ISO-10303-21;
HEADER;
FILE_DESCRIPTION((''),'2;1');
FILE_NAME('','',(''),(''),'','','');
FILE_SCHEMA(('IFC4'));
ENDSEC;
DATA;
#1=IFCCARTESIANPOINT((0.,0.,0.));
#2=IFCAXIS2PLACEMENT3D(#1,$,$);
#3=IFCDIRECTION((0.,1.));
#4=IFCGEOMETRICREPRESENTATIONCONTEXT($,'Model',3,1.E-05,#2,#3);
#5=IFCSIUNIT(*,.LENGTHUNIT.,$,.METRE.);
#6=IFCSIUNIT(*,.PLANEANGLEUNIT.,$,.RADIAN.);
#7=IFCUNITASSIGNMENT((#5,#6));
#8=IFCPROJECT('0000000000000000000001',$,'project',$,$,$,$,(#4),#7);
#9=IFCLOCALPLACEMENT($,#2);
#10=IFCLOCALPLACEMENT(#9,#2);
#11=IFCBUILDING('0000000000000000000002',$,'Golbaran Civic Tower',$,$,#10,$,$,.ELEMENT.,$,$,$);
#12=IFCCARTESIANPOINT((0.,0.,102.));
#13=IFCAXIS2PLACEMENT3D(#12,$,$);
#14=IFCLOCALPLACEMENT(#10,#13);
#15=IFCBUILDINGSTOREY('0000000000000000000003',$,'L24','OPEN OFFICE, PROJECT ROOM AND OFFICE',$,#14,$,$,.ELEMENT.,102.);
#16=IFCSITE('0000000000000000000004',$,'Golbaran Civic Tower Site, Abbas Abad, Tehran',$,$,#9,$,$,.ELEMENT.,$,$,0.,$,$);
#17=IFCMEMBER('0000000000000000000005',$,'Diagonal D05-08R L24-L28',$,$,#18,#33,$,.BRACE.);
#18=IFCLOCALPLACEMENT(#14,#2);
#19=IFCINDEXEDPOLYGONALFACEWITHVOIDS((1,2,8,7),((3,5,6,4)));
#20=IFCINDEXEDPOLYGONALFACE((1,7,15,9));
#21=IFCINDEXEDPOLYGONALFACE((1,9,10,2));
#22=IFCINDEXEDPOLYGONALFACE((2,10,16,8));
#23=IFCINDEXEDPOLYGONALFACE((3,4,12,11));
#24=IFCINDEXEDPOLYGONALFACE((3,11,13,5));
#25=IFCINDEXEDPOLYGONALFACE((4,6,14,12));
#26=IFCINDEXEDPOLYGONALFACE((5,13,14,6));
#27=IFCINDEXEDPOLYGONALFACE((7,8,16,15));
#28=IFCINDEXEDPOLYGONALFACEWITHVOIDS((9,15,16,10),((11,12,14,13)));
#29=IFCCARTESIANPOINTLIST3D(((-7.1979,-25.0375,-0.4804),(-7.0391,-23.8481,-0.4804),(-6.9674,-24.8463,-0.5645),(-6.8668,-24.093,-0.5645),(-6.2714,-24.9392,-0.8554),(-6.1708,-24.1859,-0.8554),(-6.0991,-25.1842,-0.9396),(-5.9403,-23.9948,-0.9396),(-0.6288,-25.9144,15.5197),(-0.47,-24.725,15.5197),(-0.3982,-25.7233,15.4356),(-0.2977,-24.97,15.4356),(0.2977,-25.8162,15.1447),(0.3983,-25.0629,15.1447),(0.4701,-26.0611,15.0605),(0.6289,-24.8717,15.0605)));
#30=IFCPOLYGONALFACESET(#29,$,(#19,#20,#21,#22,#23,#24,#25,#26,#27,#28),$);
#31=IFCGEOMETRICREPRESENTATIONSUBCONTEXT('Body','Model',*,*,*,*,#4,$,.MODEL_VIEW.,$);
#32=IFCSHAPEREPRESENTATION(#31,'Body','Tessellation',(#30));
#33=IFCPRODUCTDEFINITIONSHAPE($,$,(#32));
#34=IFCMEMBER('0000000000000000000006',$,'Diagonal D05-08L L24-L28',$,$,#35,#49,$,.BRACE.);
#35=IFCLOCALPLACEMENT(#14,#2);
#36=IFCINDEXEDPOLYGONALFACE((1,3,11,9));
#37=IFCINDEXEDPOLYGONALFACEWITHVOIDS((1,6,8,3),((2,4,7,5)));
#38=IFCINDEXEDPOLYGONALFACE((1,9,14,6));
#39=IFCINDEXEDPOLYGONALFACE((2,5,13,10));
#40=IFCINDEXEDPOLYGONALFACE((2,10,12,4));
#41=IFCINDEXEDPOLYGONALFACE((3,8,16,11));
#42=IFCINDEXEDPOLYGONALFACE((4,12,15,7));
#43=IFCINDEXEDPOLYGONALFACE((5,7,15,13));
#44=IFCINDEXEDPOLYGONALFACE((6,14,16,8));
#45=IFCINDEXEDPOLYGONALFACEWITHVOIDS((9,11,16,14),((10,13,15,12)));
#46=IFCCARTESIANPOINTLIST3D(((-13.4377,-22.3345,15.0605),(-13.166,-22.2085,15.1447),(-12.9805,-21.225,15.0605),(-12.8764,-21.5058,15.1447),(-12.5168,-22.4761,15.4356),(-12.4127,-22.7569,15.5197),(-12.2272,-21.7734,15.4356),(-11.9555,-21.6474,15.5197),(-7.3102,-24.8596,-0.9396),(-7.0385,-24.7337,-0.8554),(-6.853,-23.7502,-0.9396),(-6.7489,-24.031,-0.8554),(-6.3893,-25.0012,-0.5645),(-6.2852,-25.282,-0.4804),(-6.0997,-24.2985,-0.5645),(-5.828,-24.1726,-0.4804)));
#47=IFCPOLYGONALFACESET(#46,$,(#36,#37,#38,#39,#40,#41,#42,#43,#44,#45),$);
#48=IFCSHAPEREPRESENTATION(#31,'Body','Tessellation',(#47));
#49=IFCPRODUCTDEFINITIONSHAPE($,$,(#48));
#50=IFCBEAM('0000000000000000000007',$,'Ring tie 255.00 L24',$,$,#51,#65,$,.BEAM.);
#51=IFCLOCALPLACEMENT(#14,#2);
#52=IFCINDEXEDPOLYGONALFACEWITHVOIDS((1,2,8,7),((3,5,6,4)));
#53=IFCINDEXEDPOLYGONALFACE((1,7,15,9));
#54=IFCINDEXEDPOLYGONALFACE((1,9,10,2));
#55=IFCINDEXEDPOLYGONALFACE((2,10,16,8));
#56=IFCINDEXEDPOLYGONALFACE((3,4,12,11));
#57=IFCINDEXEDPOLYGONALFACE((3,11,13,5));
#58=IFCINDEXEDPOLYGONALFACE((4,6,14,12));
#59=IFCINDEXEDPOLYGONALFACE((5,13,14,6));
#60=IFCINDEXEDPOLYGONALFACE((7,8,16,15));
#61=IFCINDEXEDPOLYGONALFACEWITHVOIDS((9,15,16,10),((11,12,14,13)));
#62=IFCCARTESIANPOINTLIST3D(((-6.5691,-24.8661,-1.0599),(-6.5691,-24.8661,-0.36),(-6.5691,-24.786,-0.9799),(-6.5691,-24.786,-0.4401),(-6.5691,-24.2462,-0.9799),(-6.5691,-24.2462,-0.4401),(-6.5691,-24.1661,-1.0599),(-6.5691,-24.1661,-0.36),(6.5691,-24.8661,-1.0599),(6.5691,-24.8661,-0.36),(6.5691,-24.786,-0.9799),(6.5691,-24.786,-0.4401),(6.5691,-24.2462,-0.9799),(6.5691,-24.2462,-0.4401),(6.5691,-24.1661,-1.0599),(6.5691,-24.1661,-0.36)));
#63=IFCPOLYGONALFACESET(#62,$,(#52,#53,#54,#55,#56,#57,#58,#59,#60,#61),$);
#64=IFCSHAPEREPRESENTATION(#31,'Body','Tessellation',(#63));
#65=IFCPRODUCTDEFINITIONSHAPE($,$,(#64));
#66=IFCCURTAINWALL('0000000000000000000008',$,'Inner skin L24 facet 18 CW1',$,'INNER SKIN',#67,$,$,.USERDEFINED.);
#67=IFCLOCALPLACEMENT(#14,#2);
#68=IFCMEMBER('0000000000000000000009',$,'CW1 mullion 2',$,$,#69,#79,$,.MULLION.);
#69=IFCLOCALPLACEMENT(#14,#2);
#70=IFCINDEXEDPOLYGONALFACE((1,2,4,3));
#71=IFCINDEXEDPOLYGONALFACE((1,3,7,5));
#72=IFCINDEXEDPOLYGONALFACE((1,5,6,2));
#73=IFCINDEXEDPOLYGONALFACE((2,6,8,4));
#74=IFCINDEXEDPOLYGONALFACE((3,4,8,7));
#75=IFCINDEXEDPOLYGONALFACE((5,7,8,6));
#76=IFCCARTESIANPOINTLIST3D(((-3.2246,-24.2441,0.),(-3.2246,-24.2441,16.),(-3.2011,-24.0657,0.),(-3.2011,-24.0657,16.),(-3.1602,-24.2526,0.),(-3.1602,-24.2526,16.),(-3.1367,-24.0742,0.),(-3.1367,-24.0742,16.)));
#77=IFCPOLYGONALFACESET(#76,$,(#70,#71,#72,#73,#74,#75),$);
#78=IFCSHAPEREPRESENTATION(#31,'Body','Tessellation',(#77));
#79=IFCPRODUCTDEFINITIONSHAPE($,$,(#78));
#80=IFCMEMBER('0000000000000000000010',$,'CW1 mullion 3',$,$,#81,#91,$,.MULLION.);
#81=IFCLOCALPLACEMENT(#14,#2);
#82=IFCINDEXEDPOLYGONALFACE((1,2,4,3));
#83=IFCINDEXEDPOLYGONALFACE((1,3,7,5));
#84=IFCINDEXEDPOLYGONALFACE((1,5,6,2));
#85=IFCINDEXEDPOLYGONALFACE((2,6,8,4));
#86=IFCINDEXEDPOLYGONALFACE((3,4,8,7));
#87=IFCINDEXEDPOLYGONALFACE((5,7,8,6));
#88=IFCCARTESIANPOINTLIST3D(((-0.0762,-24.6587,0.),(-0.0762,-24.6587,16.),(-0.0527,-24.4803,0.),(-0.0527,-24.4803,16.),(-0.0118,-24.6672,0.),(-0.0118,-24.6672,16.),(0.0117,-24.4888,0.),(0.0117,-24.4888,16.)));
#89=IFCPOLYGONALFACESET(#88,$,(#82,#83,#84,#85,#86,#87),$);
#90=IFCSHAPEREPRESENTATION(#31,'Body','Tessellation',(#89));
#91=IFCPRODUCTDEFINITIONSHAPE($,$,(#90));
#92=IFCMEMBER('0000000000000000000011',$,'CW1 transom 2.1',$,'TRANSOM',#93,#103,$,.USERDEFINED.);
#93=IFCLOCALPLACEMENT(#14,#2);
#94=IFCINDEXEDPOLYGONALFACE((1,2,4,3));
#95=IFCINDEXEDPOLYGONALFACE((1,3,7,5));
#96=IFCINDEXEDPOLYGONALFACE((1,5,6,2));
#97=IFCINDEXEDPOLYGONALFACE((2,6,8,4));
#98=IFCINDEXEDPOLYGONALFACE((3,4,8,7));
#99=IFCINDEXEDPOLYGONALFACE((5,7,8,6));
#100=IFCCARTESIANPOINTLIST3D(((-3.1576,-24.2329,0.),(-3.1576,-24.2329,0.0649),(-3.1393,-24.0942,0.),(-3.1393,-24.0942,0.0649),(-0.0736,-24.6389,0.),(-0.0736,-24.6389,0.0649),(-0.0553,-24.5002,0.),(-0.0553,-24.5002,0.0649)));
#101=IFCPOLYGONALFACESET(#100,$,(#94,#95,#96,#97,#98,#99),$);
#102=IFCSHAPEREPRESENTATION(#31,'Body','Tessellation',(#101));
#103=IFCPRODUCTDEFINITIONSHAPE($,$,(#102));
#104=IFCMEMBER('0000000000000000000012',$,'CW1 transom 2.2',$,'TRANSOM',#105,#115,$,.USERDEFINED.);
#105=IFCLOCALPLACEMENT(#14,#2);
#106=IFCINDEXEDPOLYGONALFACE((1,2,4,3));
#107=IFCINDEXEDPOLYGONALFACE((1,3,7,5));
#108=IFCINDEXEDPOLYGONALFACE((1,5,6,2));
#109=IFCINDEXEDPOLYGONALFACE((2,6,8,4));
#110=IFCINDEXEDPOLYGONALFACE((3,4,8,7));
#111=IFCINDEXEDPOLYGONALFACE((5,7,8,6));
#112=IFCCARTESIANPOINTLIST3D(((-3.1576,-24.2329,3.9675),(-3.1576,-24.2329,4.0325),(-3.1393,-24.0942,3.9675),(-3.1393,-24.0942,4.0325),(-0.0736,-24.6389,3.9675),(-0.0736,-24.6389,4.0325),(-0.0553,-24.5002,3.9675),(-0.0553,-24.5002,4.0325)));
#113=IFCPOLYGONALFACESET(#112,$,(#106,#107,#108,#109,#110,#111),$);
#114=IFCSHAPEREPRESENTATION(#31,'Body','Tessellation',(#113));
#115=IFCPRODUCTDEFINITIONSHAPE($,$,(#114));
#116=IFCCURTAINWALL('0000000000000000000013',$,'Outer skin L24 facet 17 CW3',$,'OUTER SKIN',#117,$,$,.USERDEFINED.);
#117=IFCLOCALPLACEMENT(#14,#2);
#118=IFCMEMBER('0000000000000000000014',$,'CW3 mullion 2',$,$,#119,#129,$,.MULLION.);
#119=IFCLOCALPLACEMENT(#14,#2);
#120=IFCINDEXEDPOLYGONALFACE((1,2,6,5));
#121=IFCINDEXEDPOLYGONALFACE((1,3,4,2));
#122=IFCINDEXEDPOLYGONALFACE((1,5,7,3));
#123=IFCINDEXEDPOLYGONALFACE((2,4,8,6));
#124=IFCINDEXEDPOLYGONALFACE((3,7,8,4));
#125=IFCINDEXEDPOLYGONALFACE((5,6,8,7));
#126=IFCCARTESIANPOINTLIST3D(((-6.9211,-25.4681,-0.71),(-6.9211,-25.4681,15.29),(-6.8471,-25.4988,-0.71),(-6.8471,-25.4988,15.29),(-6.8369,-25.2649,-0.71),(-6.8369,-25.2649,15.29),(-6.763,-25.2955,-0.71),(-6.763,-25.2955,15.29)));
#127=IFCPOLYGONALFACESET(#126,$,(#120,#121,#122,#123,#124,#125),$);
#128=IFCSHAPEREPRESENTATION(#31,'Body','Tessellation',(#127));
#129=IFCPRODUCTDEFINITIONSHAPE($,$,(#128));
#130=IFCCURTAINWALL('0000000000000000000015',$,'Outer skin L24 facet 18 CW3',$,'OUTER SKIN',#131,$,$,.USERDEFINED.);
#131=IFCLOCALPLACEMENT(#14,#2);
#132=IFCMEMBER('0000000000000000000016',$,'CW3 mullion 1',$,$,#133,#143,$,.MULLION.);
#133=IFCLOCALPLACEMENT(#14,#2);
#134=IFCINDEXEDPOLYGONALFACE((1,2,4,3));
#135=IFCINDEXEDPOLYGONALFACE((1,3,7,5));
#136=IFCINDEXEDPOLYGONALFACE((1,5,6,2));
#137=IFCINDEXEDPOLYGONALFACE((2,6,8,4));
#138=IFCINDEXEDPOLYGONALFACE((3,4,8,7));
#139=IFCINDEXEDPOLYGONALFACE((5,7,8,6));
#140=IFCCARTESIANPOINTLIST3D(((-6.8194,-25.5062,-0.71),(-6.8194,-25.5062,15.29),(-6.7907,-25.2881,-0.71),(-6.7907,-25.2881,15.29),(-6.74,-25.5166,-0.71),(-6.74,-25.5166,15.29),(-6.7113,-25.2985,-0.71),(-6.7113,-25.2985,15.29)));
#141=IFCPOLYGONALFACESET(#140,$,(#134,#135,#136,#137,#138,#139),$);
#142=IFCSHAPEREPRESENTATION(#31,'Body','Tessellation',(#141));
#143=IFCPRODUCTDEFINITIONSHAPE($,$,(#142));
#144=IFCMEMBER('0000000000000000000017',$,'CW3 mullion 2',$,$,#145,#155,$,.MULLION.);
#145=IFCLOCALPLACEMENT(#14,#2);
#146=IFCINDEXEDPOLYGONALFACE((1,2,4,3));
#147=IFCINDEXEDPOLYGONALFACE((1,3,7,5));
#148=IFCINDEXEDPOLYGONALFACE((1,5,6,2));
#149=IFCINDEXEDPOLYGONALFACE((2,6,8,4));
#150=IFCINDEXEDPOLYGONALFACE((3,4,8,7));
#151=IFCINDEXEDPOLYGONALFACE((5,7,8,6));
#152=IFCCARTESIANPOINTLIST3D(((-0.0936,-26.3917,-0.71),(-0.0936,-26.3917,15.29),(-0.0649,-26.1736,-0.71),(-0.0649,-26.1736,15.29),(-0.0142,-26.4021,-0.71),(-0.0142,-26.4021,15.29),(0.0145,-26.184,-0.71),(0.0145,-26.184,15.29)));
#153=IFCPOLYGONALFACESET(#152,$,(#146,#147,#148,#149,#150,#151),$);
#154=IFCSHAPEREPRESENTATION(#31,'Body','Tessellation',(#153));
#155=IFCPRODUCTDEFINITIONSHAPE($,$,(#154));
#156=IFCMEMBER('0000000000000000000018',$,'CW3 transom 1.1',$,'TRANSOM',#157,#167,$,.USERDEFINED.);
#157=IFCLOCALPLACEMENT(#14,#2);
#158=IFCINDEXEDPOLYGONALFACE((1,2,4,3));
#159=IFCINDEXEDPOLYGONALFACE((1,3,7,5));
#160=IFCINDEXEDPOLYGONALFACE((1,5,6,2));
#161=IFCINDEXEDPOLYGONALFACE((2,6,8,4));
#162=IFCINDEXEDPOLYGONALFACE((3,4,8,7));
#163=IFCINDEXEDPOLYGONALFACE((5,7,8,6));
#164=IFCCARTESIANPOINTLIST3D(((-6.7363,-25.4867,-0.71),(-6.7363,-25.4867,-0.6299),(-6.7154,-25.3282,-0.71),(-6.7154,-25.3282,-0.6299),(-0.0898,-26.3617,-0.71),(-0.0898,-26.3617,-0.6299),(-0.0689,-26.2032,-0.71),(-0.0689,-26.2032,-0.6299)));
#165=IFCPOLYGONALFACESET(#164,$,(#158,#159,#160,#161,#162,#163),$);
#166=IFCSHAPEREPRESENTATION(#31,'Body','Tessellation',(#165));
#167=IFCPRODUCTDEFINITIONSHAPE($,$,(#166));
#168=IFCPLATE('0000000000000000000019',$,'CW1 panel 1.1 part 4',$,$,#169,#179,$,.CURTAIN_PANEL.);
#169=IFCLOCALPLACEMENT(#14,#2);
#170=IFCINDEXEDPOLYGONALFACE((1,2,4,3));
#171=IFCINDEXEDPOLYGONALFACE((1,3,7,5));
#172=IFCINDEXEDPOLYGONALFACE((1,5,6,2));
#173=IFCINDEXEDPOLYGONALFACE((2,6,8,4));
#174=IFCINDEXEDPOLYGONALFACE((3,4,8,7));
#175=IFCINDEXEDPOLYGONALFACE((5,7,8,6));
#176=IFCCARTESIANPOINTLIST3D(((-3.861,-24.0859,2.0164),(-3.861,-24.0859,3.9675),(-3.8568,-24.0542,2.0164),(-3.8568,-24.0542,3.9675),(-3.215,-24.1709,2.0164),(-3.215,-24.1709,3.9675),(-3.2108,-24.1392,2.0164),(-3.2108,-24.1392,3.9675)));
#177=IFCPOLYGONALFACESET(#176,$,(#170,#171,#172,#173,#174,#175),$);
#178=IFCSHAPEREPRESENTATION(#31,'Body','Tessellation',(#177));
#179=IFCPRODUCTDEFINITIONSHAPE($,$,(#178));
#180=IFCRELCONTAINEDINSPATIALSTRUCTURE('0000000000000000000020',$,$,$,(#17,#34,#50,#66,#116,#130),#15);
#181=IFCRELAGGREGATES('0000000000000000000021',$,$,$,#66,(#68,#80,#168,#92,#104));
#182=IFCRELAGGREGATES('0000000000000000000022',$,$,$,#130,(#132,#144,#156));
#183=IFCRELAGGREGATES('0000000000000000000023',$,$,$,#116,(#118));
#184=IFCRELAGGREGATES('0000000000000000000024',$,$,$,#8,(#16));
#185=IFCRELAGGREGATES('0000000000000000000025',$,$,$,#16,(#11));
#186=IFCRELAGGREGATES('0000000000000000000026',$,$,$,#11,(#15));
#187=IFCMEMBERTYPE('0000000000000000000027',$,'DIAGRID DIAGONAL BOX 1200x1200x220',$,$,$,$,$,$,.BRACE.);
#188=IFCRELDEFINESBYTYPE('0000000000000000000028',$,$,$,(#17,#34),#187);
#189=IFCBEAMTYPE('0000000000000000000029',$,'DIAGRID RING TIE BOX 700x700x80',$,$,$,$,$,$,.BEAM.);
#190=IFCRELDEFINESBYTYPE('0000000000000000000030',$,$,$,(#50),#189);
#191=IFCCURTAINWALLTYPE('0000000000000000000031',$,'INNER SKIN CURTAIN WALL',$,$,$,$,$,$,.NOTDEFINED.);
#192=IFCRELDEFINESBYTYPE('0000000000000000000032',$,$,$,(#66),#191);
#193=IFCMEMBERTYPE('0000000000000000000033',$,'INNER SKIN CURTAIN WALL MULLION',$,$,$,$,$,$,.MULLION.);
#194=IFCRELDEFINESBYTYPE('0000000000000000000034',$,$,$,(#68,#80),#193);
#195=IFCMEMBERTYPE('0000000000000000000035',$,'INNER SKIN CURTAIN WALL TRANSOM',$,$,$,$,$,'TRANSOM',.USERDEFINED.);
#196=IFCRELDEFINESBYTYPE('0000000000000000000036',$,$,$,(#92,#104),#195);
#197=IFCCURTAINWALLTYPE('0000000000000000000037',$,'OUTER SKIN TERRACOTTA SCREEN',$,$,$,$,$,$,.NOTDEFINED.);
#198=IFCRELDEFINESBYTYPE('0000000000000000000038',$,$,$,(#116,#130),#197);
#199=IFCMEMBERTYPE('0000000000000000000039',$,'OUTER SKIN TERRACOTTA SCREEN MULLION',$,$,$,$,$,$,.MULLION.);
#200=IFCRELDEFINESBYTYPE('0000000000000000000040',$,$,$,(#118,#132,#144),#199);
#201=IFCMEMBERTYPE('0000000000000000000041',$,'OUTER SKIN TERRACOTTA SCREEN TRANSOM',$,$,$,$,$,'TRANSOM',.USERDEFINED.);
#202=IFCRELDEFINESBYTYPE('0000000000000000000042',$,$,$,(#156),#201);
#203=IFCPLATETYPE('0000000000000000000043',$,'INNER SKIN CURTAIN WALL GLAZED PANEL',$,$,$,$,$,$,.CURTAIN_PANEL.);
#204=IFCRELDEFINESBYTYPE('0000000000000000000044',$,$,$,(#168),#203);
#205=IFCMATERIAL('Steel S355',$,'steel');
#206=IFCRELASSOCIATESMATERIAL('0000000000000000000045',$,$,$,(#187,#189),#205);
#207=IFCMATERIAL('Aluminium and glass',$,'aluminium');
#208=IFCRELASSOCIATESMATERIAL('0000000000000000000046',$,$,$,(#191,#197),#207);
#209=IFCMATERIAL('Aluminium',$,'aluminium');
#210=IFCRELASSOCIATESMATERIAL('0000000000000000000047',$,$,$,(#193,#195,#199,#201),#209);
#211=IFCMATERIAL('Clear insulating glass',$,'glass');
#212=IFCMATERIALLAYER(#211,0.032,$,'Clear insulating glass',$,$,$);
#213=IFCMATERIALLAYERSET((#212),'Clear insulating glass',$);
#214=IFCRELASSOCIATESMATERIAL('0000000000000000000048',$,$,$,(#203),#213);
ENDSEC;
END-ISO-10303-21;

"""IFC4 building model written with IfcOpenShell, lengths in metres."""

from ifc_helpers import new_model, si_unit, direction, frame, origin, origin_2d, place, context, subcontext, project, spatial, rectangle, hollow_rectangle, extrude, material, layer, layer_set, material_profile, profile_set, type_object, element, aggregate, save


model = new_model("IFC4")

# Units and contexts
model_context = context("Model", 3, precision=1e-05, world=origin(), true_north=direction((0.0, 1.0)))
body_context = subcontext(model_context, "Body", "Model", "MODEL_VIEW")
ifc_project = project(units=[si_unit("LENGTHUNIT", "METRE"), si_unit("PLANEANGLEUNIT", "RADIAN")], contexts=[model_context])

# Site, building, storey
site_placement = place(None, origin())
site = spatial("IfcSite", under=ifc_project, at=site_placement, Name="Golbaran Civic Tower Site, Abbas Abad, Tehran", CompositionType="ELEMENT", RefElevation=0.0)
building_placement = place(site_placement, origin())
building = spatial("IfcBuilding", under=site, at=building_placement, Name="Golbaran Civic Tower", CompositionType="ELEMENT")
storey_placement = place(building_placement, frame((0.0, 0.0, 102.0)))
storey = spatial("IfcBuildingStorey", under=building, at=storey_placement, Name="L24", Description="OPEN OFFICE, PROJECT ROOM AND OFFICE", CompositionType="ELEMENT", Elevation=102.0)

# Members
ifc_material_1 = material(Name="Steel S355", Category="steel")
ifc_material_profile_1 = material_profile(ifc_material_1, hollow_rectangle(XDim=1.2, YDim=1.2, WallThickness=0.22, at=origin_2d()), Name="BOX 1200x1200x220")
ifc_profile_set_1 = profile_set([ifc_material_profile_1], Name="Steel S355")
member_type_1 = type_object("IfcMemberType", Name="DIAGRID DIAGONAL BOX 1200x1200x220", PredefinedType="BRACE", material=ifc_profile_set_1)
for number, where, z_axis, x_axis, name in (
    (1, (-6.5691, -24.5161, -0.71), (0.379316, -0.050637, 0.923881), (0.132323, 0.991207, 0.0), "Diagonal D05-08R L24-L28"),
    (2, (-6.5691, -24.5161, -0.71), (-0.353814, 0.145808, 0.923881), (-0.381018, -0.924567, 0.0), "Diagonal D05-08L L24-L28"),
):
    element("IfcMember", number, at=place(storey_placement, frame(where, z_axis=z_axis, x_axis=x_axis)), inside=storey, type_object=member_type_1, Name=name, PredefinedType="BRACE", context=body_context, shape_type="SweptSolid", body=[
        extrude(hollow_rectangle(XDim=1.2, YDim=1.2, WallThickness=0.22, at=origin_2d()), origin(), (0.0, 0.0, 1.0), 17.3184),
    ])

# Beam
ifc_material_profile_2 = material_profile(ifc_material_1, hollow_rectangle(XDim=0.7, YDim=0.7, WallThickness=0.0801, at=origin_2d()), Name="BOX 700x700x80")
ifc_profile_set_2 = profile_set([ifc_material_profile_2], Name="Steel S355")
beam_type = type_object("IfcBeamType", Name="DIAGRID RING TIE BOX 700x700x80", PredefinedType="BEAM", material=ifc_profile_set_2)
beam_placement = place(storey_placement, frame((-6.5691, -24.5161, -0.71), z_axis=(1.0, 0.0, 0.0), x_axis=(0.0, 1.0, 0.0)))
element("IfcBeam", 3, at=beam_placement, inside=storey, type_object=beam_type, Name="Ring tie 255.00 L24", PredefinedType="BEAM", context=body_context, shape_type="SweptSolid", body=[
    extrude(hollow_rectangle(XDim=0.7, YDim=0.7, WallThickness=0.0801, at=origin_2d()), origin(), (0.0, 0.0, 1.0), 13.1382),
])

# Curtain wall, members
ifc_material_2 = material(Name="Aluminium and glass", Category="aluminium")
curtain_wall_type_1 = type_object("IfcCurtainWallType", Name="INNER SKIN CURTAIN WALL", PredefinedType="NOTDEFINED", material=ifc_material_2)
curtain_wall_1_placement = place(storey_placement, origin())
curtain_wall_1 = element("IfcCurtainWall", 4, at=curtain_wall_1_placement, inside=storey, type_object=curtain_wall_type_1, Name="Inner skin L24 facet 18 CW1", ObjectType="INNER SKIN", PredefinedType="USERDEFINED")
ifc_material_3 = material(Name="Aluminium", Category="aluminium")
ifc_material_profile_3 = material_profile(ifc_material_3, rectangle(XDim=0.1799, YDim=0.0649, at=origin_2d()), Name="INNER SKIN CURTAIN WALL MULLION")
ifc_profile_set_3 = profile_set([ifc_material_profile_3], Name="Aluminium")
member_type_2 = type_object("IfcMemberType", Name="INNER SKIN CURTAIN WALL MULLION", PredefinedType="MULLION", material=ifc_profile_set_3)
member_1_placement = place(storey_placement, frame((-3.1807, -24.1592, 0.0), z_axis=(0.0, 0.0, 1.0), x_axis=(0.130526, 0.991445, 0.0)))
member_1 = element("IfcMember", 5, at=member_1_placement, type_object=member_type_2, Name="CW1 mullion 2", PredefinedType="MULLION", context=body_context, shape_type="SweptSolid", body=[
    extrude(rectangle(XDim=0.1799, YDim=0.0649, at=origin_2d()), origin(), (0.0, 0.0, 1.0), 16.0),
])
member_2_placement = place(storey_placement, frame((-0.0322, -24.5737, 0.0), z_axis=(0.0, 0.0, 1.0), x_axis=(0.130526, 0.991445, 0.0)))
member_2 = element("IfcMember", 6, at=member_2_placement, type_object=member_type_2, Name="CW1 mullion 3", PredefinedType="MULLION", context=body_context, shape_type="SweptSolid", body=[
    extrude(rectangle(XDim=0.1799, YDim=0.0649, at=origin_2d()), origin(), (0.0, 0.0, 1.0), 16.0),
])
ifc_material_profile_4 = material_profile(ifc_material_3, rectangle(XDim=0.1399, YDim=0.0649, at=origin_2d()), Name="INNER SKIN CURTAIN WALL TRANSOM")
ifc_profile_set_4 = profile_set([ifc_material_profile_4], Name="Aluminium")
member_type_3 = type_object("IfcMemberType", Name="INNER SKIN CURTAIN WALL TRANSOM", ElementType="TRANSOM", PredefinedType="USERDEFINED", material=ifc_profile_set_4)
member_3_placement = place(storey_placement, frame((-3.1484, -24.1636, 0.0325), z_axis=(0.991445, -0.130524, 0.0), x_axis=(0.130524, 0.991445, 0.0)))
member_3 = element("IfcMember", 7, at=member_3_placement, type_object=member_type_3, Name="CW1 transom 2.1", ObjectType="TRANSOM", PredefinedType="USERDEFINED", context=body_context, shape_type="SweptSolid", body=[
    extrude(rectangle(XDim=0.1399, YDim=0.0649, at=origin_2d()), origin(), (0.0, 0.0, 1.0), 3.1106),
])
member_4_placement = place(storey_placement, frame((-3.1484, -24.1636, 4.0), z_axis=(0.991445, -0.130524, 0.0), x_axis=(0.130524, 0.991445, 0.0)))
member_4 = element("IfcMember", 8, at=member_4_placement, type_object=member_type_3, Name="CW1 transom 2.2", ObjectType="TRANSOM", PredefinedType="USERDEFINED", context=body_context, shape_type="SweptSolid", body=[
    extrude(rectangle(XDim=0.1399, YDim=0.0649, at=origin_2d()), origin(), (0.0, 0.0, 1.0), 3.1106),
])

# Curtain wall, member
curtain_wall_type_2 = type_object("IfcCurtainWallType", Name="OUTER SKIN TERRACOTTA SCREEN", PredefinedType="NOTDEFINED", material=ifc_material_2)
curtain_wall_2_placement = place(storey_placement, origin())
curtain_wall_2 = element("IfcCurtainWall", 9, at=curtain_wall_2_placement, inside=storey, type_object=curtain_wall_type_2, Name="Outer skin L24 facet 17 CW3", ObjectType="OUTER SKIN", PredefinedType="USERDEFINED")
ifc_material_profile_5 = material_profile(ifc_material_3, rectangle(XDim=0.22, YDim=0.0801, at=origin_2d()), Name="OUTER SKIN TERRACOTTA SCREEN MULLION")
ifc_profile_set_5 = profile_set([ifc_material_profile_5], Name="Aluminium")
member_type_4 = type_object("IfcMemberType", Name="OUTER SKIN TERRACOTTA SCREEN MULLION", PredefinedType="MULLION", material=ifc_profile_set_5)
member_5_placement = place(storey_placement, frame((-6.842, -25.3818, -0.71), z_axis=(0.0, 0.0, 1.0), x_axis=(0.382683, 0.92388, 0.0)))
member_5 = element("IfcMember", 10, at=member_5_placement, type_object=member_type_4, Name="CW3 mullion 2", PredefinedType="MULLION", context=body_context, shape_type="SweptSolid", body=[
    extrude(rectangle(XDim=0.22, YDim=0.0801, at=origin_2d()), origin(), (0.0, 0.0, 1.0), 16.0),
])

# Curtain wall, members
curtain_wall_3_placement = place(storey_placement, origin())
curtain_wall_3 = element("IfcCurtainWall", 11, at=curtain_wall_3_placement, inside=storey, type_object=curtain_wall_type_2, Name="Outer skin L24 facet 18 CW3", ObjectType="OUTER SKIN", PredefinedType="USERDEFINED")
member_6_placement = place(storey_placement, frame((-6.7654, -25.4023, -0.71), z_axis=(0.0, 0.0, 1.0), x_axis=(0.130526, 0.991445, 0.0)))
member_6 = element("IfcMember", 12, at=member_6_placement, type_object=member_type_4, Name="CW3 mullion 1", PredefinedType="MULLION", context=body_context, shape_type="SweptSolid", body=[
    extrude(rectangle(XDim=0.22, YDim=0.0801, at=origin_2d()), origin(), (0.0, 0.0, 1.0), 16.0),
])
member_7_placement = place(storey_placement, frame((-0.0396, -26.2878, -0.71), z_axis=(0.0, 0.0, 1.0), x_axis=(0.130526, 0.991445, 0.0)))
member_7 = element("IfcMember", 13, at=member_7_placement, type_object=member_type_4, Name="CW3 mullion 2", PredefinedType="MULLION", context=body_context, shape_type="SweptSolid", body=[
    extrude(rectangle(XDim=0.22, YDim=0.0801, at=origin_2d()), origin(), (0.0, 0.0, 1.0), 16.0),
])
ifc_material_profile_6 = material_profile(ifc_material_3, rectangle(XDim=0.1599, YDim=0.0801, at=origin_2d()), Name="OUTER SKIN TERRACOTTA SCREEN TRANSOM")
ifc_profile_set_6 = profile_set([ifc_material_profile_6], Name="Aluminium")
member_type_5 = type_object("IfcMemberType", Name="OUTER SKIN TERRACOTTA SCREEN TRANSOM", ElementType="TRANSOM", PredefinedType="USERDEFINED", material=ifc_profile_set_6)
member_8_placement = place(storey_placement, frame((-6.7258, -25.4075, -0.6699), z_axis=(0.991445, -0.130522, 0.0), x_axis=(0.130522, 0.991445, 0.0)))
member_8 = element("IfcMember", 14, at=member_8_placement, type_object=member_type_5, Name="CW3 transom 1.1", ObjectType="TRANSOM", PredefinedType="USERDEFINED", context=body_context, shape_type="SweptSolid", body=[
    extrude(rectangle(XDim=0.1599, YDim=0.0801, at=origin_2d()), origin(), (0.0, 0.0, 1.0), 6.7039),
])

# Plate
ifc_material_4 = material(Name="Clear insulating glass", Category="glass")
ifc_layer_1 = layer(ifc_material_4, 0.032, Name="Clear insulating glass")
ifc_layer_set_1 = layer_set([ifc_layer_1], Name="Clear insulating glass")
plate_type_1 = type_object("IfcPlateType", Name="INNER SKIN CURTAIN WALL GLAZED PANEL", PredefinedType="CURTAIN_PANEL", material=ifc_layer_set_1)
plate_1_placement = place(storey_placement, frame((-3.5359, -24.1125, 2.0164), z_axis=(0.0, 0.0, 1.0), x_axis=(0.991445, -0.130526, 0.0)))
plate_1 = element("IfcPlate", 15, at=plate_1_placement, type_object=plate_type_1, Name="CW1 panel 1.1 part 4", PredefinedType="CURTAIN_PANEL", context=body_context, shape_type="SweptSolid", body=[
    extrude(rectangle(XDim=0.6516, YDim=0.032, at=origin_2d()), origin(), (0.0, 0.0, 1.0), 1.9512),
])
aggregate(curtain_wall_1, [member_1, member_2, plate_1, member_3, member_4])
aggregate(curtain_wall_3, [member_6, member_7, member_8])
aggregate(curtain_wall_2, [member_5])

save(model, "model.ifc")
